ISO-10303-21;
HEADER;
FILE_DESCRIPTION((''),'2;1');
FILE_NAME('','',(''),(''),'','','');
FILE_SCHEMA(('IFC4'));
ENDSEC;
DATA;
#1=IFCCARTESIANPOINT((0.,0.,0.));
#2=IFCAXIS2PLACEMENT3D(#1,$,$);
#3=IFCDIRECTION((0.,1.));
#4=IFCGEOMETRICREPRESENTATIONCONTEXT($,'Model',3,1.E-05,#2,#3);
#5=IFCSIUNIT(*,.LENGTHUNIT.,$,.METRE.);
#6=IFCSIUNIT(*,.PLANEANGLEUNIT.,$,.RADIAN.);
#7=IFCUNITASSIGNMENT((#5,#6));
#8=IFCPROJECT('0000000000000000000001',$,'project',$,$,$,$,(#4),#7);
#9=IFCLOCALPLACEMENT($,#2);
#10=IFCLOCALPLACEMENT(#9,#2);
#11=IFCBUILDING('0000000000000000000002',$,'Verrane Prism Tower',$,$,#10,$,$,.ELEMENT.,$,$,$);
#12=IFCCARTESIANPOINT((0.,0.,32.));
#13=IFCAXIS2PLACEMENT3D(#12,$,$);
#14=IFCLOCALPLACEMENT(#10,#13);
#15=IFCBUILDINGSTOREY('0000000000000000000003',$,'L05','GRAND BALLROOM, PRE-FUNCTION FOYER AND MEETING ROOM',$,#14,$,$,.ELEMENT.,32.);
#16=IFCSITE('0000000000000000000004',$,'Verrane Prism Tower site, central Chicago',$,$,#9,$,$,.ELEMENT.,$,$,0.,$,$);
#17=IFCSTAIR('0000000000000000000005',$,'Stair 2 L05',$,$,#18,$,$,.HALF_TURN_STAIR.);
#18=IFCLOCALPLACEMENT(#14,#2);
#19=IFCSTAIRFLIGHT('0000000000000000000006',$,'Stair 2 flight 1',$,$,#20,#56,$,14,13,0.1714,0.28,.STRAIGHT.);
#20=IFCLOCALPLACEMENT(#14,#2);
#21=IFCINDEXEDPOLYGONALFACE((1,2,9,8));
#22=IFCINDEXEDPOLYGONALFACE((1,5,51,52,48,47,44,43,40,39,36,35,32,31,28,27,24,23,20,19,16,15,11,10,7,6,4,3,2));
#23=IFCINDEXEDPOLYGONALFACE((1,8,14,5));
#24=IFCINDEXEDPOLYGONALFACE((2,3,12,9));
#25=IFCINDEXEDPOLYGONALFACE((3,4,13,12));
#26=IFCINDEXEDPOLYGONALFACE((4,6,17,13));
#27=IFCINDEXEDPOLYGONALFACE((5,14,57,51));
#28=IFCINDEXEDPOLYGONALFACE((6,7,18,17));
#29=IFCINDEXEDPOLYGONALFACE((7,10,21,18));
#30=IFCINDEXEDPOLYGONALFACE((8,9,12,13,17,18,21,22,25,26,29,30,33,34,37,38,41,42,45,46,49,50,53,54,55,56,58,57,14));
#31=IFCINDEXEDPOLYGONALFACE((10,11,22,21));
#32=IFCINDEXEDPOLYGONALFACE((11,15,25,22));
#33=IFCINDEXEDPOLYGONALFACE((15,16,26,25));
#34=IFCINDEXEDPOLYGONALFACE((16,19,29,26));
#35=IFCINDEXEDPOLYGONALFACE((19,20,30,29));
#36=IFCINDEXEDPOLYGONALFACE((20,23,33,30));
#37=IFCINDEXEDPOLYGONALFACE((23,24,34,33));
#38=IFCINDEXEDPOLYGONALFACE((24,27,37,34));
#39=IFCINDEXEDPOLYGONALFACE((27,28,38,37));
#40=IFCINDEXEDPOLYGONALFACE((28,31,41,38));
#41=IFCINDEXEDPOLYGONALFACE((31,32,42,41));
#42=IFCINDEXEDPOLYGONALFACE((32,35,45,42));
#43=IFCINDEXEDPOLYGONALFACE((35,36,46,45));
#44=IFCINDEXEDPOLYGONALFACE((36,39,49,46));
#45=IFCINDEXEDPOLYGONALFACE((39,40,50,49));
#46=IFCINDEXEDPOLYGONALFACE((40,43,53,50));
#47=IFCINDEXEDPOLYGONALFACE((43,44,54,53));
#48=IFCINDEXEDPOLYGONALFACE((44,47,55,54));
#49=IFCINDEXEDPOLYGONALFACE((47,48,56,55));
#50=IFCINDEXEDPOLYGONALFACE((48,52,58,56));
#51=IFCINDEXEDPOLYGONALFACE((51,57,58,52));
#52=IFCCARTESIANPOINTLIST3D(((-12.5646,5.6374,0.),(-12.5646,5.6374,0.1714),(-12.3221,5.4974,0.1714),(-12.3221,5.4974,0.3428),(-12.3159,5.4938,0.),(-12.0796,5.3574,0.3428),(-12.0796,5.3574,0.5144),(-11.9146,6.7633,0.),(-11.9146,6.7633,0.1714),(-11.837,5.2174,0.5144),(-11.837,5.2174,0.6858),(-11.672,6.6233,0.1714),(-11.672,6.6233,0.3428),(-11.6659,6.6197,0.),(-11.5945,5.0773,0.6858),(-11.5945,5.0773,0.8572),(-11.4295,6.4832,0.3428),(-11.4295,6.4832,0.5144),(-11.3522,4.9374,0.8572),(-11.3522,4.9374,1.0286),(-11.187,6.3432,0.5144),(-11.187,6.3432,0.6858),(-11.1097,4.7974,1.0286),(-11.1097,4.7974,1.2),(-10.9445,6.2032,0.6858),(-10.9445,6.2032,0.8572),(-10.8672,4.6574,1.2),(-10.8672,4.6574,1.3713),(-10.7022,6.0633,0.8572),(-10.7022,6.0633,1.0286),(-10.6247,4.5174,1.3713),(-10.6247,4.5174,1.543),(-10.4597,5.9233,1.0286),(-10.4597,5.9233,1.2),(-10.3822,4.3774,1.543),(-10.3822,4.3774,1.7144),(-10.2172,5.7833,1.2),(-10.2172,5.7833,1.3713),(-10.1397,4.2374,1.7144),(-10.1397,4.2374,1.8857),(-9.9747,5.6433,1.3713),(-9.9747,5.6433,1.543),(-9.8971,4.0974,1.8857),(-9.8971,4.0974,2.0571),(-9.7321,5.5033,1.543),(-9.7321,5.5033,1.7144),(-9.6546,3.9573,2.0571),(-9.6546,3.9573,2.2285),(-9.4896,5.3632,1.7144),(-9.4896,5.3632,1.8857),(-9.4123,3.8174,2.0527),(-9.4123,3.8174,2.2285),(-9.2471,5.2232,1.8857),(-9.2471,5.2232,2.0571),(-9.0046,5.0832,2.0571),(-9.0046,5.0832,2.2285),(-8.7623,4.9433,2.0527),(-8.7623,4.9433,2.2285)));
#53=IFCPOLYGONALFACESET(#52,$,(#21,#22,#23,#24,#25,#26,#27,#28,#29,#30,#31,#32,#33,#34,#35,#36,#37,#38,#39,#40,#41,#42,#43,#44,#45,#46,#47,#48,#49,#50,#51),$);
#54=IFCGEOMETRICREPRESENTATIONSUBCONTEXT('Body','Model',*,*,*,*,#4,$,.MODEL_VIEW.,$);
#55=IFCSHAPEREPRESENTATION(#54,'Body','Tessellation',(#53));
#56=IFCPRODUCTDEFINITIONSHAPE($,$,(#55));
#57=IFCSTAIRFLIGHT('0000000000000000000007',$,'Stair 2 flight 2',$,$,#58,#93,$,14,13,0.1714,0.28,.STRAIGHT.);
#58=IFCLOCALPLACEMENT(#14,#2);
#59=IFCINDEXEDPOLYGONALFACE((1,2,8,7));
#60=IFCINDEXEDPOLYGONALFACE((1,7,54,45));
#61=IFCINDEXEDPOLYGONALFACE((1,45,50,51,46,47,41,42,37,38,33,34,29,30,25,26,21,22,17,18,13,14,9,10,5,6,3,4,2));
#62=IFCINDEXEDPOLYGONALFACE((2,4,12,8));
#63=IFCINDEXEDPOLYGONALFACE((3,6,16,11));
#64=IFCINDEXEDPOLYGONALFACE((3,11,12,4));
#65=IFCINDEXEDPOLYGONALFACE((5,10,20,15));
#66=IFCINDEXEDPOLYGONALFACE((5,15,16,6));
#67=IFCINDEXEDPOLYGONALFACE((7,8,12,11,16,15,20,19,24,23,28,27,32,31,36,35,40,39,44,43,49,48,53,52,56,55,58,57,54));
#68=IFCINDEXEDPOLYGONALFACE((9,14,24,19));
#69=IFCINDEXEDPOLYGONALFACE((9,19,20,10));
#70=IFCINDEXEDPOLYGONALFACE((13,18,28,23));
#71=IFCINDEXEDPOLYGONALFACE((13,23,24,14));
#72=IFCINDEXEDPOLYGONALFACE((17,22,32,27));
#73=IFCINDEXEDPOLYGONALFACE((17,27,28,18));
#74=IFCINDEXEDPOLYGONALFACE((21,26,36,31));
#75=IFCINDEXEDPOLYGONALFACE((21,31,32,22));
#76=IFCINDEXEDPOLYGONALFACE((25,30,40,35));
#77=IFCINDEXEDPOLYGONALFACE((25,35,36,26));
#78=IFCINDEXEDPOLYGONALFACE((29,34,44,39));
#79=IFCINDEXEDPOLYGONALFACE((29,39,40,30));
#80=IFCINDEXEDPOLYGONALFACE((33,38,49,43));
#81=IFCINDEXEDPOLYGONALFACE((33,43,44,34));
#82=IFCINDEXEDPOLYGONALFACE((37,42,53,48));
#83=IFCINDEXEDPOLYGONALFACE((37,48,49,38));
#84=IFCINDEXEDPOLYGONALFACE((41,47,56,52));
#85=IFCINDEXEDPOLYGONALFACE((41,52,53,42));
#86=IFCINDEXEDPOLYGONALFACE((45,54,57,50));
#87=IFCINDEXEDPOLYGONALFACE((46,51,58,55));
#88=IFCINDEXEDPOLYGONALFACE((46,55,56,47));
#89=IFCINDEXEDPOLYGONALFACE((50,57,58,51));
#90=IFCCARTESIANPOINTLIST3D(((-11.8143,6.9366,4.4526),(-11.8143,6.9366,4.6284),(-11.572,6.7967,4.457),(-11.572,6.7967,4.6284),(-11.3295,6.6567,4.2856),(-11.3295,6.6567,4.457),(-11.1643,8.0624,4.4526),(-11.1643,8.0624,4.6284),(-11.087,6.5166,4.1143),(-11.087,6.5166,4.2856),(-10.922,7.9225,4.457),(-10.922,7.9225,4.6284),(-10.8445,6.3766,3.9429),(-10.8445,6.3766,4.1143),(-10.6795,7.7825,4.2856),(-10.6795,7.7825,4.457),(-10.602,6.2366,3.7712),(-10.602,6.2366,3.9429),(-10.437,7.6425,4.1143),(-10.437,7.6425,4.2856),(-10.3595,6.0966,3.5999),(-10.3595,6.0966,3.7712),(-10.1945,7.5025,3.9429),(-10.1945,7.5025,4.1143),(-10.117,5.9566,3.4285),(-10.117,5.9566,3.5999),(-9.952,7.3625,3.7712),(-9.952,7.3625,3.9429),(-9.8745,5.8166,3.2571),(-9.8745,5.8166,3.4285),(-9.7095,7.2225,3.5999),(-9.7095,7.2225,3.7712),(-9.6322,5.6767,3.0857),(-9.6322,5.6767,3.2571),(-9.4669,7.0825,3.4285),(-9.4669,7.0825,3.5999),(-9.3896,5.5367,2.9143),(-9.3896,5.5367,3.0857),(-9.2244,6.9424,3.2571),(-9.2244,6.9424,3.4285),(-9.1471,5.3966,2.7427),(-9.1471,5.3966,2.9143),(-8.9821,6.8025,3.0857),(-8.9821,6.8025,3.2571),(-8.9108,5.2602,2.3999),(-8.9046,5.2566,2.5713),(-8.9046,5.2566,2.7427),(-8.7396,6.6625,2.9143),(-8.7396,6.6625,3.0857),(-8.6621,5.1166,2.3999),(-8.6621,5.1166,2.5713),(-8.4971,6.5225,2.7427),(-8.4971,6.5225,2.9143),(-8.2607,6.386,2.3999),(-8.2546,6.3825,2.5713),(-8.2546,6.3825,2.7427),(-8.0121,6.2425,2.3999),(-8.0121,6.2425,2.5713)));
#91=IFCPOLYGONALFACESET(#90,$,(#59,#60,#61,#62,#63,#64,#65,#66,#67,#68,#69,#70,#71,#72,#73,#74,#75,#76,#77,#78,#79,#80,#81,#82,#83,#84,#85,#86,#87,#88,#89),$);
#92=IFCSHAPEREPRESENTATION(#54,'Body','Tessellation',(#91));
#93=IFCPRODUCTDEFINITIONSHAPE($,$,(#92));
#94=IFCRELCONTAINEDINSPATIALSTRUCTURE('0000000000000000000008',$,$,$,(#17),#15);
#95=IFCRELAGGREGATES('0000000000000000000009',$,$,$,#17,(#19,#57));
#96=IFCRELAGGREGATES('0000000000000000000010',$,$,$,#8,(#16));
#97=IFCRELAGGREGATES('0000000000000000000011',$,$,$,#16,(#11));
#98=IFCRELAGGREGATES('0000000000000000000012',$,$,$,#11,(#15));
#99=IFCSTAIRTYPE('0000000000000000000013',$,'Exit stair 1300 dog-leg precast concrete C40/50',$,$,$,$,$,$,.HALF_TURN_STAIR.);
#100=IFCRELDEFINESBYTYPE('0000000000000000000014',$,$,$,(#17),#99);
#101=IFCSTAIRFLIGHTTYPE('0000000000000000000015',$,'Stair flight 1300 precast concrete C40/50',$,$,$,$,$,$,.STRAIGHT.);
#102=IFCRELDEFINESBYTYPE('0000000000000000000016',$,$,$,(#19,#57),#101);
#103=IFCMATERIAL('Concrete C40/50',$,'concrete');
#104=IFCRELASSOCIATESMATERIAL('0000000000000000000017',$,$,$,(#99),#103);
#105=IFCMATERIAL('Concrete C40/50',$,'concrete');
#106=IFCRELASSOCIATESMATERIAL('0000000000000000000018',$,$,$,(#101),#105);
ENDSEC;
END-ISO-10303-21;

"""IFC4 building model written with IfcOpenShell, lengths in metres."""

from ifc_helpers import new_model, si_unit, direction, frame, origin, place, context, subcontext, project, spatial, polyline, outline, extrude, material, type_object, element, aggregate, save


model = new_model("IFC4")

# Units and contexts
model_context = context("Model", 3, precision=1e-05, world=origin(), true_north=direction((0.0, 1.0)))
body_context = subcontext(model_context, "Body", "Model", "MODEL_VIEW")
ifc_project = project(units=[si_unit("LENGTHUNIT", "METRE"), si_unit("PLANEANGLEUNIT", "RADIAN")], contexts=[model_context])

# Site, building, storey
site_placement = place(None, origin())
site = spatial("IfcSite", under=ifc_project, at=site_placement, Name="Verrane Prism Tower site, central Chicago", CompositionType="ELEMENT", RefElevation=0.0)
building_placement = place(site_placement, origin())
building = spatial("IfcBuilding", under=site, at=building_placement, Name="Verrane Prism Tower", CompositionType="ELEMENT")
storey_placement = place(building_placement, frame((0.0, 0.0, 32.0)))
storey = spatial("IfcBuildingStorey", under=building, at=storey_placement, Name="L05", Description="GRAND BALLROOM, PRE-FUNCTION FOYER AND MEETING ROOM", CompositionType="ELEMENT", Elevation=32.0)

# Stair, stair flights
ifc_material_1 = material(Name="Concrete C40/50", Category="concrete")
stair_type = type_object("IfcStairType", Name="Exit stair 1300 dog-leg precast concrete C40/50", PredefinedType="HALF_TURN_STAIR", material=ifc_material_1)
stair_placement = place(storey_placement, origin())
stair = element("IfcStair", 1, at=stair_placement, inside=storey, type_object=stair_type, Name="Stair 2 L05", PredefinedType="HALF_TURN_STAIR")
ifc_material_2 = material(Name="Concrete C40/50", Category="concrete")
stair_flight_type = type_object("IfcStairFlightType", Name="Stair flight 1300 precast concrete C40/50", PredefinedType="STRAIGHT", material=ifc_material_2)
stair_flight_1_placement = place(storey_placement, frame((-12.2395, 6.2004, 0.0), z_axis=(0.0, 0.0, 1.0), x_axis=(0.866025, -0.5, 0.0)))
stair_flight_1 = element("IfcStairFlight", 2, at=stair_flight_1_placement, type_object=stair_flight_type, Name="Stair 2 flight 1", NumberOfRisers=14, NumberOfTreads=13, PredefinedType="STRAIGHT", RiserHeight=0.1714, TreadLength=0.28, context=body_context, shape_type="SweptSolid", body=[
    extrude(outline(polyline([(0.0, 0.0), (0.0, 0.1714), (0.28, 0.1714), (0.28, 0.3428), (0.5601, 0.3428), (0.5601, 0.5144), (0.8401, 0.5144), (0.8401, 0.6858), (1.1201, 0.6858), (1.1201, 0.8572), (1.3999, 0.8572), (1.3999, 1.0286), (1.6799, 1.0286), (1.6799, 1.2), (1.96, 1.2), (1.96, 1.3713), (2.24, 1.3713), (2.24, 1.543), (2.52, 1.543), (2.52, 1.7144), (2.8, 1.7144), (2.8, 1.8857), (3.0801, 1.8857), (3.0801, 2.0571), (3.3601, 2.0571), (3.3601, 2.2285), (3.6399, 2.2285), (3.6399, 2.3999), (3.6399, 2.0527), (0.2871, 0.0), (0.0, 0.0)])), frame((0.0, 0.6499, 0.0), z_axis=(0.0, -1.0, 0.0), x_axis=(1.0, 0.0, 0.0)), (0.0, 0.0, 1.0), 1.3),
])
stair_flight_2_placement = place(storey_placement, frame((-8.3372, 5.6794, 2.3999), z_axis=(0.0, 0.0, 1.0), x_axis=(-0.866025, 0.5, 0.0)))
stair_flight_2 = element("IfcStairFlight", 3, at=stair_flight_2_placement, type_object=stair_flight_type, Name="Stair 2 flight 2", NumberOfRisers=14, NumberOfTreads=13, PredefinedType="STRAIGHT", RiserHeight=0.1714, TreadLength=0.28, context=body_context, shape_type="SweptSolid", body=[
    extrude(outline(polyline([(0.0, 0.0), (0.0, 0.1714), (0.28, 0.1714), (0.28, 0.3428), (0.5601, 0.3428), (0.5601, 0.5144), (0.8401, 0.5144), (0.8401, 0.6858), (1.1201, 0.6858), (1.1201, 0.8572), (1.3999, 0.8572), (1.3999, 1.0286), (1.6799, 1.0286), (1.6799, 1.2), (1.96, 1.2), (1.96, 1.3713), (2.24, 1.3713), (2.24, 1.543), (2.52, 1.543), (2.52, 1.7144), (2.8, 1.7144), (2.8, 1.8857), (3.0801, 1.8857), (3.0801, 2.0571), (3.3601, 2.0571), (3.3601, 2.2285), (3.6399, 2.2285), (3.6399, 2.3999), (3.6399, 2.0527), (0.2871, 0.0), (0.0, 0.0)])), frame((0.0, 0.6499, 0.0), z_axis=(0.0, -1.0, 0.0), x_axis=(1.0, 0.0, 0.0)), (0.0, 0.0, 1.0), 1.3),
])
aggregate(stair, [stair_flight_1, stair_flight_2])

save(model, "model.ifc")
